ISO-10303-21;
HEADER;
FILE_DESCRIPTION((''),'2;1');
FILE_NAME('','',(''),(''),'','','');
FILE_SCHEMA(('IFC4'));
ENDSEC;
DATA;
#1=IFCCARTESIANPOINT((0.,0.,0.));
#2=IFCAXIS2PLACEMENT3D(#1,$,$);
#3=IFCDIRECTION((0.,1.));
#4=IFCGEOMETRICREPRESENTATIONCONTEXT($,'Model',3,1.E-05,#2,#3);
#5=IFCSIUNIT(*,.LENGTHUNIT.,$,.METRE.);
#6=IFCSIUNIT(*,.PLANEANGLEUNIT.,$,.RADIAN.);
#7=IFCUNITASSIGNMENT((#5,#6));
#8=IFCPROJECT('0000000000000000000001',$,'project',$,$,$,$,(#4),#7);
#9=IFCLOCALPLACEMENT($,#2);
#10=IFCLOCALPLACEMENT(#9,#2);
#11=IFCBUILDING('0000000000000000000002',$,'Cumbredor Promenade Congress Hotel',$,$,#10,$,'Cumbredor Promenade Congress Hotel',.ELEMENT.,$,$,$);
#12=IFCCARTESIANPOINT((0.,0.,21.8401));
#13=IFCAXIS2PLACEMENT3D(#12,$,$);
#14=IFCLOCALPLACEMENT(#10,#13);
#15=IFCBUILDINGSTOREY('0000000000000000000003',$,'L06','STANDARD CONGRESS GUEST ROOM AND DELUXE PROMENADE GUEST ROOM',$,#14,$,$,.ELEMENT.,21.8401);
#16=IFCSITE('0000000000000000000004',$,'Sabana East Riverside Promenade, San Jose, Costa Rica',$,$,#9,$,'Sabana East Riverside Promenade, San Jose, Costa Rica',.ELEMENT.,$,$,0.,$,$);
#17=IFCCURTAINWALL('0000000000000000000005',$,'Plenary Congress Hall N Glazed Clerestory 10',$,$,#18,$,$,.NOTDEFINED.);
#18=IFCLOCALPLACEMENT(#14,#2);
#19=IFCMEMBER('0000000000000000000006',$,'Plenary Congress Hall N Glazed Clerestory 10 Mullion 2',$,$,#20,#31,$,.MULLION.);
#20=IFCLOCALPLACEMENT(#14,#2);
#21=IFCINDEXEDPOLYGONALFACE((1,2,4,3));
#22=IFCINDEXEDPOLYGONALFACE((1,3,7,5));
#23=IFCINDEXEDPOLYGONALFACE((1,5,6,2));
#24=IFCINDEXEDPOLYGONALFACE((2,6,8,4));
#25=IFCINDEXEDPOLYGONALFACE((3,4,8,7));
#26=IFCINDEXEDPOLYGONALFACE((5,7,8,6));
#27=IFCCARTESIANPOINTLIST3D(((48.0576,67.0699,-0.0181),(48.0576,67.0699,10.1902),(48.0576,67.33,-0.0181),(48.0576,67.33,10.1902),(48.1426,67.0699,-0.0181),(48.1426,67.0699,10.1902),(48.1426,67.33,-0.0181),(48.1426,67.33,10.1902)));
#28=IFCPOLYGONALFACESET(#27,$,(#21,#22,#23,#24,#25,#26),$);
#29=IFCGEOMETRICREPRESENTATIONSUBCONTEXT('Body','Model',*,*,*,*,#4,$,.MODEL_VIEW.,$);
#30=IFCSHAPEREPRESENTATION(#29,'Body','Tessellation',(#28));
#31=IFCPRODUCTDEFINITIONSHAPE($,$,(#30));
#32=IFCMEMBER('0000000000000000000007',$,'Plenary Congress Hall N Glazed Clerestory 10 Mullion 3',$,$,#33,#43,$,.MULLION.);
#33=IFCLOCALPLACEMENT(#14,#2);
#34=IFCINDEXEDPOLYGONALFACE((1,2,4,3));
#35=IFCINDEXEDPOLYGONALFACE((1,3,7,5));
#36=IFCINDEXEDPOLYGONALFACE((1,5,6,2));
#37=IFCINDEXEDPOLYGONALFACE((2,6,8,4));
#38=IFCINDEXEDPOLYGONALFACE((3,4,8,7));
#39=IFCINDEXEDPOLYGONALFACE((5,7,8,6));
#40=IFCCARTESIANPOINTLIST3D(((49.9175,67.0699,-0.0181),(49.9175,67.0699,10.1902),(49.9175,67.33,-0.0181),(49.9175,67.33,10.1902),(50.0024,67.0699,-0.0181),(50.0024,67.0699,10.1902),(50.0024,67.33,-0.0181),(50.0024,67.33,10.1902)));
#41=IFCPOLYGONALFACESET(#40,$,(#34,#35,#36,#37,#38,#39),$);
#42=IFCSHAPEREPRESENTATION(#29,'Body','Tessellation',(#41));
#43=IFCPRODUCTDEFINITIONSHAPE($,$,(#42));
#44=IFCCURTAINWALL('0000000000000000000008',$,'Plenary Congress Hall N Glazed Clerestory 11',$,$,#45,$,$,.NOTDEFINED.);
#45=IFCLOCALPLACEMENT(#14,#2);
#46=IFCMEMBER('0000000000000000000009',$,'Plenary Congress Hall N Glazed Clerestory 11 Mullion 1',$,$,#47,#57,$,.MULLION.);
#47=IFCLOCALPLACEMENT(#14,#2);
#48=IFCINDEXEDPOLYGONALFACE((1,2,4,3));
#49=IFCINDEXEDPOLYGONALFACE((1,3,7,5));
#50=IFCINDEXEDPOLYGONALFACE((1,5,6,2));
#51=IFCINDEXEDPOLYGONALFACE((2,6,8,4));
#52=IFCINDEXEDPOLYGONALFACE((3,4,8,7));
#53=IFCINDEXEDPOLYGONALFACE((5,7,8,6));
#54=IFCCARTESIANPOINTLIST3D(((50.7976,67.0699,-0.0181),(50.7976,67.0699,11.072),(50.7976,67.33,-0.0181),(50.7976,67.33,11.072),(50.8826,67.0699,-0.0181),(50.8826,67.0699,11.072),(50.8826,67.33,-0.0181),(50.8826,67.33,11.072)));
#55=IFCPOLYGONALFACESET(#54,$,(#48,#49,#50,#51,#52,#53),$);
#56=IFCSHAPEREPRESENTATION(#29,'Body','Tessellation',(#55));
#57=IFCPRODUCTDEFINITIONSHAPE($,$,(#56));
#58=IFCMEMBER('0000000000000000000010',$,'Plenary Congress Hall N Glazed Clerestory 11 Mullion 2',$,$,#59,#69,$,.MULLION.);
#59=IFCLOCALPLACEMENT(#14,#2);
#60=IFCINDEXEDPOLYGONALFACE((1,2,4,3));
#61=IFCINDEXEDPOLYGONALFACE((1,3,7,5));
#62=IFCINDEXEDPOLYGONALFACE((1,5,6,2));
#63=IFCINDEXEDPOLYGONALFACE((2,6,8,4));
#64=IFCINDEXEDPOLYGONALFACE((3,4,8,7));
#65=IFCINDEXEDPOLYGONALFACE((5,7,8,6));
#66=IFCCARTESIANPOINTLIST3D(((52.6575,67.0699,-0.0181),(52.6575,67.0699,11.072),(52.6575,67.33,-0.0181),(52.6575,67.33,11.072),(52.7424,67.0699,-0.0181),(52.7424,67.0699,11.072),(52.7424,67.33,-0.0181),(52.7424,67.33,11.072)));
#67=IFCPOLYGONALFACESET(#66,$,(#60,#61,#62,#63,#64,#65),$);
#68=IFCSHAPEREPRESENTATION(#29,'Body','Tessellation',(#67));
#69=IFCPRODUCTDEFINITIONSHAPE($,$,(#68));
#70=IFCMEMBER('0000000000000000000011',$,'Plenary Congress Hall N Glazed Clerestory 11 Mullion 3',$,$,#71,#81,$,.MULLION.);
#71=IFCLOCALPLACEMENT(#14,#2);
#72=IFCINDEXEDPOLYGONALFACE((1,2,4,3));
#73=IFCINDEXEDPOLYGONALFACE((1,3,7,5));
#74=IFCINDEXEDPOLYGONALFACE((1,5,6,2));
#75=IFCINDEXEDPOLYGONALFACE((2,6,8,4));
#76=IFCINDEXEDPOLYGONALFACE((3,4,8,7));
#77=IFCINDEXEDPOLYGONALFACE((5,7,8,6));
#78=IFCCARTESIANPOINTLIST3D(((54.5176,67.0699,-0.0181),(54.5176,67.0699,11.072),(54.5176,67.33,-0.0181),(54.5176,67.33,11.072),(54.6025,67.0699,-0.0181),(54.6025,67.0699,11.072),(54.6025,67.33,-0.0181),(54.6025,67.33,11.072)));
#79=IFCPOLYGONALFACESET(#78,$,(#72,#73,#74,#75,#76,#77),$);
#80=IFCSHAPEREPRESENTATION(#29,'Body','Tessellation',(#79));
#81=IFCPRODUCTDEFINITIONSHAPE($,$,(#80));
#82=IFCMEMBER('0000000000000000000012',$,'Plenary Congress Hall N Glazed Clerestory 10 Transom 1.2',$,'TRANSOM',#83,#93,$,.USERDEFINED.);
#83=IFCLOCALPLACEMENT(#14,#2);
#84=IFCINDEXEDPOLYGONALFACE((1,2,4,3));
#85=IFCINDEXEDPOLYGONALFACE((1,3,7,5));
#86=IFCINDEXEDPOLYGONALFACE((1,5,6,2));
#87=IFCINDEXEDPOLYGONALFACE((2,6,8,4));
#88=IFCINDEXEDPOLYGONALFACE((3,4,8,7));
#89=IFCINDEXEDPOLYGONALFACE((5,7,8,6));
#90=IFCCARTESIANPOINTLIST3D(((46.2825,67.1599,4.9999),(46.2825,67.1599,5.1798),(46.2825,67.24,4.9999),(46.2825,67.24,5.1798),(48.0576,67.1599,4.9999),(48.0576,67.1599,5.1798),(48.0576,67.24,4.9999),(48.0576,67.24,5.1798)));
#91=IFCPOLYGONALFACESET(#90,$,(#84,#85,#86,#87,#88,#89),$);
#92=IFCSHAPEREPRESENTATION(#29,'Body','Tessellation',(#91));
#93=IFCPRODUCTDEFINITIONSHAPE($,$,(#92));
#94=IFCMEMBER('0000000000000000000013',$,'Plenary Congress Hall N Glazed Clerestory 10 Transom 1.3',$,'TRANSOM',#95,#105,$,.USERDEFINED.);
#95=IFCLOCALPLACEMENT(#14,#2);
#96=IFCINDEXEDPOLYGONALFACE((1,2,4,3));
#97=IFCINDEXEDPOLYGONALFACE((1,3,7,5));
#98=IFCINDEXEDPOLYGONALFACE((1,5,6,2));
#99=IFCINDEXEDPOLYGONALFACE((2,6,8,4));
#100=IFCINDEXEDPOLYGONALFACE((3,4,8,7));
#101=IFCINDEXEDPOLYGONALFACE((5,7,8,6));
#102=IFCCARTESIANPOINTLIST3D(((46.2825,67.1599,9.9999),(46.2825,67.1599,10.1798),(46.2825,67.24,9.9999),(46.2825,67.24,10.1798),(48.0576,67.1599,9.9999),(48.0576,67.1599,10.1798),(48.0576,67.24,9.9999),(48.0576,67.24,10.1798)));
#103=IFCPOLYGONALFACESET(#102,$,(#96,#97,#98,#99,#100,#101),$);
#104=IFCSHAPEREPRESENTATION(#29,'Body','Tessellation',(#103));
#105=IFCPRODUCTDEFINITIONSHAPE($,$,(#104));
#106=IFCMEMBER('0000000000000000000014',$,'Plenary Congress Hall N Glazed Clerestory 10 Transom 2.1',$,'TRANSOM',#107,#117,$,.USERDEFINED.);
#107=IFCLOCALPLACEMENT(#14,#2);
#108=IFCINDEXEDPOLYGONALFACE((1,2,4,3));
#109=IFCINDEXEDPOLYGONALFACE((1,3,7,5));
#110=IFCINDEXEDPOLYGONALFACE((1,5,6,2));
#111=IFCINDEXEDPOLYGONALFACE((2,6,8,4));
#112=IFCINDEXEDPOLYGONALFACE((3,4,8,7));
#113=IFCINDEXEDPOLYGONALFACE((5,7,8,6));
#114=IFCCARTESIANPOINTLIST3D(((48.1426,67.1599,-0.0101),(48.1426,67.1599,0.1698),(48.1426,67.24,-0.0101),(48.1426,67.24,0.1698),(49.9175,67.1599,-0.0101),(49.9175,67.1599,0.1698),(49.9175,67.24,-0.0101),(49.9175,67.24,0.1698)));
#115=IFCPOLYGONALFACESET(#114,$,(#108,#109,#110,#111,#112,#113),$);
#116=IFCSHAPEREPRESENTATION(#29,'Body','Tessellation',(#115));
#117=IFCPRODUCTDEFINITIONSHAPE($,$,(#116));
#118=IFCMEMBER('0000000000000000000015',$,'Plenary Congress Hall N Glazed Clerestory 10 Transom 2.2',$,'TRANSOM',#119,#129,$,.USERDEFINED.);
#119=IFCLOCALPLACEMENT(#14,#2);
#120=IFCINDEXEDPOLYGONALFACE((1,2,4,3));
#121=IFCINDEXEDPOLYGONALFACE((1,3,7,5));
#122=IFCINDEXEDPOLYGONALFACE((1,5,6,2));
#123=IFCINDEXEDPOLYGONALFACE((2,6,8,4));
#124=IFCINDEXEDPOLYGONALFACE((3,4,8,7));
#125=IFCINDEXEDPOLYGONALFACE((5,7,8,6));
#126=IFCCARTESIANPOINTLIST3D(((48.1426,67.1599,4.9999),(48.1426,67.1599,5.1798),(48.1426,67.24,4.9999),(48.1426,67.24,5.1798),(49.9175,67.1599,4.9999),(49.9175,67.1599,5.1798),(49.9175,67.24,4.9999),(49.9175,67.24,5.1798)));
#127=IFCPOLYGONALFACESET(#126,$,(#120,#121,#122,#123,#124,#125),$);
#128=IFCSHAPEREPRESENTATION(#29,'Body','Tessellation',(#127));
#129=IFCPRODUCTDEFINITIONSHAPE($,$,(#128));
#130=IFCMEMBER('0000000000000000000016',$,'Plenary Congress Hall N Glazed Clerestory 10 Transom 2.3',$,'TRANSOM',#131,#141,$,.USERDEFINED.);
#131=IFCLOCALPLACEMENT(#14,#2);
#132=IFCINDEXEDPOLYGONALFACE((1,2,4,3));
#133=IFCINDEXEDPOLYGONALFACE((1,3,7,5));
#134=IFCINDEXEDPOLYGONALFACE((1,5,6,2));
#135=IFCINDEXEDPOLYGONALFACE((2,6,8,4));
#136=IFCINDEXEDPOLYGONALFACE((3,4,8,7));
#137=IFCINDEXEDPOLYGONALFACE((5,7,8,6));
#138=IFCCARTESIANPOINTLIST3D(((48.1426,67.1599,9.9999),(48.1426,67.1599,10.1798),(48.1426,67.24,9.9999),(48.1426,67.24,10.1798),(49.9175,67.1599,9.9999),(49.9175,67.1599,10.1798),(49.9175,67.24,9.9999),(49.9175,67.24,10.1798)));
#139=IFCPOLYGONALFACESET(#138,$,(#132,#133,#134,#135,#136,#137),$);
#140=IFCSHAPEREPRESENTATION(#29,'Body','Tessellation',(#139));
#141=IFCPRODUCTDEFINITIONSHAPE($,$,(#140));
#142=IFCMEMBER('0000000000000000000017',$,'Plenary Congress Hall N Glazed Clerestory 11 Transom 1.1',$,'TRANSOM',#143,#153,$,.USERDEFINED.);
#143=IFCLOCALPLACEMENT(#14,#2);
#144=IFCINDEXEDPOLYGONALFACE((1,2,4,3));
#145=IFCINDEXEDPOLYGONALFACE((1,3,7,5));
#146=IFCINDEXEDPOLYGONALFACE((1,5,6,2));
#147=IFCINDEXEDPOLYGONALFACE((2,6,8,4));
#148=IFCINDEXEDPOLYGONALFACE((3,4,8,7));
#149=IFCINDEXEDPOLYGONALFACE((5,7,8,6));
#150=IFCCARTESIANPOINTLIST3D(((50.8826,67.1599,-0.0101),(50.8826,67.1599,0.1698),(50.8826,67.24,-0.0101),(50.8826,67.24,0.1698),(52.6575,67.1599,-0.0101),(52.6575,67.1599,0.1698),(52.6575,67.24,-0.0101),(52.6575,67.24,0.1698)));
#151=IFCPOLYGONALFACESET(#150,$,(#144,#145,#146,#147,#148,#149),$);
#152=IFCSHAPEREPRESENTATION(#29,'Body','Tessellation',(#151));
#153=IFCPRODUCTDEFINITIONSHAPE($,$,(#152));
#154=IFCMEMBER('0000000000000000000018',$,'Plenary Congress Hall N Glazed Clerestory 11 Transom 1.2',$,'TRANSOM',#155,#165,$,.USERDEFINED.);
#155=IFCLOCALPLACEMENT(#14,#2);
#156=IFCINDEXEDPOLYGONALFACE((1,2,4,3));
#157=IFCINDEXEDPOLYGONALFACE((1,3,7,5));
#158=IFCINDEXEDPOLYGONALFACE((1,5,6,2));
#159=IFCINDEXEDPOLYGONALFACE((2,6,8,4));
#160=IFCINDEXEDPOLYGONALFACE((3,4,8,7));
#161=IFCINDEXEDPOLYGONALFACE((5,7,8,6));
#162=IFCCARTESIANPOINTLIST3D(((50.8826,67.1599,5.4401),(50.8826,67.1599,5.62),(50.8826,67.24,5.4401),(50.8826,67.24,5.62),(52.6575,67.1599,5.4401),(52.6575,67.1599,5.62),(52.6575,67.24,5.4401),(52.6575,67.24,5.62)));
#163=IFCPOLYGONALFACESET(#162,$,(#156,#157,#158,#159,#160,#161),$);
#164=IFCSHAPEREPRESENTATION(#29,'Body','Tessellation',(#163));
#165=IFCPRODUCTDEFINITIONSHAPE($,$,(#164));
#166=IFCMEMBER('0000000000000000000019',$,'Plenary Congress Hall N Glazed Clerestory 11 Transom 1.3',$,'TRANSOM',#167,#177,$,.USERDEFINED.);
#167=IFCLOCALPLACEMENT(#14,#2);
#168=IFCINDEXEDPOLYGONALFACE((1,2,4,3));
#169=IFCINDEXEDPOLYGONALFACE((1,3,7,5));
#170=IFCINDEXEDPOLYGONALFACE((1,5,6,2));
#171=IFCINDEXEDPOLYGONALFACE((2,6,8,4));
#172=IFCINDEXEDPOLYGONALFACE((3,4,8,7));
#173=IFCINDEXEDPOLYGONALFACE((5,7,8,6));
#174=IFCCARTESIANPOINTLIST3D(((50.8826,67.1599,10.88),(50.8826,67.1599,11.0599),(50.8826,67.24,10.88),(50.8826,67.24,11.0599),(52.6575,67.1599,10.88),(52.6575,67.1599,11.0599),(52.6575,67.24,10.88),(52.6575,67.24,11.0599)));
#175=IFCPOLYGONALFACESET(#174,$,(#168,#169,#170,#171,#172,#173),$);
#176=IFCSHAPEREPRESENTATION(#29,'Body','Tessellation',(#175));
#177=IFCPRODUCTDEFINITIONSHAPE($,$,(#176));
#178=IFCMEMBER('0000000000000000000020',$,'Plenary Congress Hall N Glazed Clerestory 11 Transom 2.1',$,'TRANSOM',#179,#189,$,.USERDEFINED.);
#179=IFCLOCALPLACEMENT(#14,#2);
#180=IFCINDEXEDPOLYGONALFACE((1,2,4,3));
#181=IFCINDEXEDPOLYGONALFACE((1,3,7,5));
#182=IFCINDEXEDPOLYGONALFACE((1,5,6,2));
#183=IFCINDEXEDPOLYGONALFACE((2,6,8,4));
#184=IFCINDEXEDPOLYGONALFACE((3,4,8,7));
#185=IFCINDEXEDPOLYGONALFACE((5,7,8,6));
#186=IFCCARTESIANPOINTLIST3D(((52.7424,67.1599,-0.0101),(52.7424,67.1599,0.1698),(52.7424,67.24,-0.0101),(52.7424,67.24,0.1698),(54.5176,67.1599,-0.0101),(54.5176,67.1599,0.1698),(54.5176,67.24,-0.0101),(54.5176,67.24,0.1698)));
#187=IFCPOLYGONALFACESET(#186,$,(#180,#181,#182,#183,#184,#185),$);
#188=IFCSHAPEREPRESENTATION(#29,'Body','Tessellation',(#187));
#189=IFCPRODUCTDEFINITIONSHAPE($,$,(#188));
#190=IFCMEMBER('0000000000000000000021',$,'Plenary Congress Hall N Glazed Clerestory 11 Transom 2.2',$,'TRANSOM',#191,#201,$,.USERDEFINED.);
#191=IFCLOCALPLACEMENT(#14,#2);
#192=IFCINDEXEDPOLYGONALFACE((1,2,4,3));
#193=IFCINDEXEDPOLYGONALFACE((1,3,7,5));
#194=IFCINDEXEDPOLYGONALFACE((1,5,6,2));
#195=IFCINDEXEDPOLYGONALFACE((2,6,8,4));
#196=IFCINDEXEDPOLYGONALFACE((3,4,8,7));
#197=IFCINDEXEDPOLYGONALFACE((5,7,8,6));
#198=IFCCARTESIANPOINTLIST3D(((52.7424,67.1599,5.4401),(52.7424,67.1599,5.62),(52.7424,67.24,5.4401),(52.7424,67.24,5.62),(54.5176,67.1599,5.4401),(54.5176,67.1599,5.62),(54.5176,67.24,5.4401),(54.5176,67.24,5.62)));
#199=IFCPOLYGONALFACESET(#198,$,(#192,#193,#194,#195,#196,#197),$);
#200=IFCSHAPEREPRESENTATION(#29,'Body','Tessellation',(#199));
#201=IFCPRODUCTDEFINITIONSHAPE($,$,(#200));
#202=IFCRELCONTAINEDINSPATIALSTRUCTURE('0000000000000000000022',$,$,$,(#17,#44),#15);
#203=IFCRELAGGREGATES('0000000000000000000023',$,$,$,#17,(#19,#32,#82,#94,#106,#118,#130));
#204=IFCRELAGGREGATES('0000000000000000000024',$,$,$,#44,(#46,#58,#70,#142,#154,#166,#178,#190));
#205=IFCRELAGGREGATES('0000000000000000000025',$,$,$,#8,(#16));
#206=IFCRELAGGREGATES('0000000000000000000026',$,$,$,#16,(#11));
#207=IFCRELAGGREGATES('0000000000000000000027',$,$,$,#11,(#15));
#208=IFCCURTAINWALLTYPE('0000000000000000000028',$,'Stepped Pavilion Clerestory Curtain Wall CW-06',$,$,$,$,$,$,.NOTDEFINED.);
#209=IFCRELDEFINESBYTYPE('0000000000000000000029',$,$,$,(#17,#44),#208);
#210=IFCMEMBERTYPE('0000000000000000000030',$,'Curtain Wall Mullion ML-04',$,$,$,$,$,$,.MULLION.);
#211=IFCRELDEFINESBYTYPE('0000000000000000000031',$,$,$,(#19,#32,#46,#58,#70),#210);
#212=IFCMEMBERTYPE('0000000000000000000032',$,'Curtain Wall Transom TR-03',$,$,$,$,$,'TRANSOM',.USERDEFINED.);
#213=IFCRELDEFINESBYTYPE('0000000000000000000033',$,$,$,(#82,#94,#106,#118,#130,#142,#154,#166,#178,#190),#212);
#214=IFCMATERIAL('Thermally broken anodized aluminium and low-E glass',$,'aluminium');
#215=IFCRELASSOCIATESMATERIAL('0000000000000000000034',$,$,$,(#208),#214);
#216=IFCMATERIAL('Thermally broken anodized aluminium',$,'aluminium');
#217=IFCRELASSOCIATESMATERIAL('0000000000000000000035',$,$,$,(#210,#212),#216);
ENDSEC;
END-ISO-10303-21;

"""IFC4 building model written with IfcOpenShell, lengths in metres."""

from ifc_helpers import new_model, si_unit, direction, frame, origin, origin_2d, place, context, subcontext, project, spatial, rectangle, extrude, material, material_profile, profile_set, type_object, element, aggregate, save


model = new_model("IFC4")

# Units and contexts
model_context = context("Model", 3, precision=1e-05, world=origin(), true_north=direction((0.0, 1.0)))
body_context = subcontext(model_context, "Body", "Model", "MODEL_VIEW")
ifc_project = project(units=[si_unit("LENGTHUNIT", "METRE"), si_unit("PLANEANGLEUNIT", "RADIAN")], contexts=[model_context])

# Site, building, storey
site_placement = place(None, origin())
site = spatial("IfcSite", under=ifc_project, at=site_placement, Name="Sabana East Riverside Promenade, San Jose, Costa Rica", LongName="Sabana East Riverside Promenade, San Jose, Costa Rica", CompositionType="ELEMENT", RefElevation=0.0)
building_placement = place(site_placement, origin())
building = spatial("IfcBuilding", under=site, at=building_placement, Name="Cumbredor Promenade Congress Hotel", LongName="Cumbredor Promenade Congress Hotel", CompositionType="ELEMENT")
storey_placement = place(building_placement, frame((0.0, 0.0, 21.8401)))
storey = spatial("IfcBuildingStorey", under=building, at=storey_placement, Name="L06", Description="STANDARD CONGRESS GUEST ROOM AND DELUXE PROMENADE GUEST ROOM", CompositionType="ELEMENT", Elevation=21.8401)

# Curtain walls, members
ifc_material_1 = material(Name="Thermally broken anodized aluminium and low-E glass", Category="aluminium")
curtain_wall_type = type_object("IfcCurtainWallType", Name="Stepped Pavilion Clerestory Curtain Wall CW-06", PredefinedType="NOTDEFINED", material=ifc_material_1)
curtain_wall_1_placement = place(storey_placement, origin())
curtain_wall_1 = element("IfcCurtainWall", 1, at=curtain_wall_1_placement, inside=storey, type_object=curtain_wall_type, Name="Plenary Congress Hall N Glazed Clerestory 10", PredefinedType="NOTDEFINED")
ifc_material_2 = material(Name="Thermally broken anodized aluminium", Category="aluminium")
ifc_material_profile_1 = material_profile(ifc_material_2, rectangle(XDim=0.085, YDim=0.26, at=origin_2d()), Name="ALU MULLION CLERESTORY 85x260")
ifc_profile_set_1 = profile_set([ifc_material_profile_1], Name="Thermally broken anodized aluminium")
member_type_1 = type_object("IfcMemberType", Name="Curtain Wall Mullion ML-04", PredefinedType="MULLION", material=ifc_profile_set_1)
member_1_placement = place(storey_placement, frame((48.1001, 67.2, -0.0181), z_axis=(0.0, 0.0, 1.0), x_axis=(1.0, 0.0, 0.0)))
member_1 = element("IfcMember", 2, at=member_1_placement, type_object=member_type_1, Name="Plenary Congress Hall N Glazed Clerestory 10 Mullion 2", PredefinedType="MULLION", context=body_context, shape_type="SweptSolid", body=[
    extrude(rectangle(XDim=0.085, YDim=0.26, at=origin_2d()), origin(), (0.0, 0.0, 1.0), 10.2083),
])
member_2_placement = place(storey_placement, frame((49.96, 67.2, -0.0181), z_axis=(0.0, 0.0, 1.0), x_axis=(1.0, 0.0, 0.0)))
member_2 = element("IfcMember", 3, at=member_2_placement, type_object=member_type_1, Name="Plenary Congress Hall N Glazed Clerestory 10 Mullion 3", PredefinedType="MULLION", context=body_context, shape_type="SweptSolid", body=[
    extrude(rectangle(XDim=0.085, YDim=0.26, at=origin_2d()), origin(), (0.0, 0.0, 1.0), 10.2083),
])
curtain_wall_2_placement = place(storey_placement, origin())
curtain_wall_2 = element("IfcCurtainWall", 4, at=curtain_wall_2_placement, inside=storey, type_object=curtain_wall_type, Name="Plenary Congress Hall N Glazed Clerestory 11", PredefinedType="NOTDEFINED")
member_3_placement = place(storey_placement, frame((50.8401, 67.2, -0.0181), z_axis=(0.0, 0.0, 1.0), x_axis=(1.0, 0.0, 0.0)))
member_3 = element("IfcMember", 5, at=member_3_placement, type_object=member_type_1, Name="Plenary Congress Hall N Glazed Clerestory 11 Mullion 1", PredefinedType="MULLION", context=body_context, shape_type="SweptSolid", body=[
    extrude(rectangle(XDim=0.085, YDim=0.26, at=origin_2d()), origin(), (0.0, 0.0, 1.0), 11.0901),
])
member_4_placement = place(storey_placement, frame((52.7, 67.2, -0.0181), z_axis=(0.0, 0.0, 1.0), x_axis=(1.0, 0.0, 0.0)))
member_4 = element("IfcMember", 6, at=member_4_placement, type_object=member_type_1, Name="Plenary Congress Hall N Glazed Clerestory 11 Mullion 2", PredefinedType="MULLION", context=body_context, shape_type="SweptSolid", body=[
    extrude(rectangle(XDim=0.085, YDim=0.26, at=origin_2d()), origin(), (0.0, 0.0, 1.0), 11.0901),
])
member_5_placement = place(storey_placement, frame((54.5601, 67.2, -0.0181), z_axis=(0.0, 0.0, 1.0), x_axis=(1.0, 0.0, 0.0)))
member_5 = element("IfcMember", 7, at=member_5_placement, type_object=member_type_1, Name="Plenary Congress Hall N Glazed Clerestory 11 Mullion 3", PredefinedType="MULLION", context=body_context, shape_type="SweptSolid", body=[
    extrude(rectangle(XDim=0.085, YDim=0.26, at=origin_2d()), origin(), (0.0, 0.0, 1.0), 11.0901),
])

# Members
ifc_material_profile_2 = material_profile(ifc_material_2, rectangle(XDim=0.0801, YDim=0.1799, at=origin_2d()), Name="ALU TRANSOM 80x180")
ifc_profile_set_2 = profile_set([ifc_material_profile_2], Name="Thermally broken anodized aluminium")
member_type_2 = type_object("IfcMemberType", Name="Curtain Wall Transom TR-03", ElementType="TRANSOM", PredefinedType="USERDEFINED", material=ifc_profile_set_2)
member_6_placement = place(storey_placement, frame((46.2825, 67.2, 5.0898), z_axis=(1.0, 0.0, 0.0), x_axis=(0.0, 1.0, 0.0)))
member_6 = element("IfcMember", 8, at=member_6_placement, type_object=member_type_2, Name="Plenary Congress Hall N Glazed Clerestory 10 Transom 1.2", ObjectType="TRANSOM", PredefinedType="USERDEFINED", context=body_context, shape_type="SweptSolid", body=[
    extrude(rectangle(XDim=0.0801, YDim=0.1799, at=origin_2d()), origin(), (0.0, 0.0, 1.0), 1.7751),
])
member_7_placement = place(storey_placement, frame((46.2825, 67.2, 10.0898), z_axis=(1.0, 0.0, 0.0), x_axis=(0.0, 1.0, 0.0)))
member_7 = element("IfcMember", 9, at=member_7_placement, type_object=member_type_2, Name="Plenary Congress Hall N Glazed Clerestory 10 Transom 1.3", ObjectType="TRANSOM", PredefinedType="USERDEFINED", context=body_context, shape_type="SweptSolid", body=[
    extrude(rectangle(XDim=0.0801, YDim=0.1799, at=origin_2d()), origin(), (0.0, 0.0, 1.0), 1.7751),
])
member_8_placement = place(storey_placement, frame((48.1426, 67.2, 0.0798), z_axis=(1.0, 0.0, 0.0), x_axis=(0.0, 1.0, 0.0)))
member_8 = element("IfcMember", 10, at=member_8_placement, type_object=member_type_2, Name="Plenary Congress Hall N Glazed Clerestory 10 Transom 2.1", ObjectType="TRANSOM", PredefinedType="USERDEFINED", context=body_context, shape_type="SweptSolid", body=[
    extrude(rectangle(XDim=0.0801, YDim=0.1799, at=origin_2d()), origin(), (0.0, 0.0, 1.0), 1.7749),
])
member_9_placement = place(storey_placement, frame((48.1426, 67.2, 5.0898), z_axis=(1.0, 0.0, 0.0), x_axis=(0.0, 1.0, 0.0)))
member_9 = element("IfcMember", 11, at=member_9_placement, type_object=member_type_2, Name="Plenary Congress Hall N Glazed Clerestory 10 Transom 2.2", ObjectType="TRANSOM", PredefinedType="USERDEFINED", context=body_context, shape_type="SweptSolid", body=[
    extrude(rectangle(XDim=0.0801, YDim=0.1799, at=origin_2d()), origin(), (0.0, 0.0, 1.0), 1.7749),
])
member_10_placement = place(storey_placement, frame((48.1426, 67.2, 10.0898), z_axis=(1.0, 0.0, 0.0), x_axis=(0.0, 1.0, 0.0)))
member_10 = element("IfcMember", 12, at=member_10_placement, type_object=member_type_2, Name="Plenary Congress Hall N Glazed Clerestory 10 Transom 2.3", ObjectType="TRANSOM", PredefinedType="USERDEFINED", context=body_context, shape_type="SweptSolid", body=[
    extrude(rectangle(XDim=0.0801, YDim=0.1799, at=origin_2d()), origin(), (0.0, 0.0, 1.0), 1.7749),
])
member_11_placement = place(storey_placement, frame((50.8826, 67.2, 0.0798), z_axis=(1.0, 0.0, 0.0), x_axis=(0.0, 1.0, 0.0)))
member_11 = element("IfcMember", 13, at=member_11_placement, type_object=member_type_2, Name="Plenary Congress Hall N Glazed Clerestory 11 Transom 1.1", ObjectType="TRANSOM", PredefinedType="USERDEFINED", context=body_context, shape_type="SweptSolid", body=[
    extrude(rectangle(XDim=0.0801, YDim=0.1799, at=origin_2d()), origin(), (0.0, 0.0, 1.0), 1.7749),
])
member_12_placement = place(storey_placement, frame((50.8826, 67.2, 5.53), z_axis=(1.0, 0.0, 0.0), x_axis=(0.0, 1.0, 0.0)))
member_12 = element("IfcMember", 14, at=member_12_placement, type_object=member_type_2, Name="Plenary Congress Hall N Glazed Clerestory 11 Transom 1.2", ObjectType="TRANSOM", PredefinedType="USERDEFINED", context=body_context, shape_type="SweptSolid", body=[
    extrude(rectangle(XDim=0.0801, YDim=0.1799, at=origin_2d()), origin(), (0.0, 0.0, 1.0), 1.7749),
])
member_13_placement = place(storey_placement, frame((50.8826, 67.2, 10.97), z_axis=(1.0, 0.0, 0.0), x_axis=(0.0, 1.0, 0.0)))
member_13 = element("IfcMember", 15, at=member_13_placement, type_object=member_type_2, Name="Plenary Congress Hall N Glazed Clerestory 11 Transom 1.3", ObjectType="TRANSOM", PredefinedType="USERDEFINED", context=body_context, shape_type="SweptSolid", body=[
    extrude(rectangle(XDim=0.0801, YDim=0.1799, at=origin_2d()), origin(), (0.0, 0.0, 1.0), 1.7749),
])
member_14_placement = place(storey_placement, frame((52.7424, 67.2, 0.0798), z_axis=(1.0, 0.0, 0.0), x_axis=(0.0, 1.0, 0.0)))
member_14 = element("IfcMember", 16, at=member_14_placement, type_object=member_type_2, Name="Plenary Congress Hall N Glazed Clerestory 11 Transom 2.1", ObjectType="TRANSOM", PredefinedType="USERDEFINED", context=body_context, shape_type="SweptSolid", body=[
    extrude(rectangle(XDim=0.0801, YDim=0.1799, at=origin_2d()), origin(), (0.0, 0.0, 1.0), 1.7751),
])
member_15_placement = place(storey_placement, frame((52.7424, 67.2, 5.53), z_axis=(1.0, 0.0, 0.0), x_axis=(0.0, 1.0, 0.0)))
member_15 = element("IfcMember", 17, at=member_15_placement, type_object=member_type_2, Name="Plenary Congress Hall N Glazed Clerestory 11 Transom 2.2", ObjectType="TRANSOM", PredefinedType="USERDEFINED", context=body_context, shape_type="SweptSolid", body=[
    extrude(rectangle(XDim=0.0801, YDim=0.1799, at=origin_2d()), origin(), (0.0, 0.0, 1.0), 1.7751),
])

aggregate(curtain_wall_1, [member_1, member_2, member_6, member_7, member_8, member_9, member_10])
aggregate(curtain_wall_2, [member_3, member_4, member_5, member_11, member_12, member_13, member_14, member_15])

save(model, "model.ifc")
